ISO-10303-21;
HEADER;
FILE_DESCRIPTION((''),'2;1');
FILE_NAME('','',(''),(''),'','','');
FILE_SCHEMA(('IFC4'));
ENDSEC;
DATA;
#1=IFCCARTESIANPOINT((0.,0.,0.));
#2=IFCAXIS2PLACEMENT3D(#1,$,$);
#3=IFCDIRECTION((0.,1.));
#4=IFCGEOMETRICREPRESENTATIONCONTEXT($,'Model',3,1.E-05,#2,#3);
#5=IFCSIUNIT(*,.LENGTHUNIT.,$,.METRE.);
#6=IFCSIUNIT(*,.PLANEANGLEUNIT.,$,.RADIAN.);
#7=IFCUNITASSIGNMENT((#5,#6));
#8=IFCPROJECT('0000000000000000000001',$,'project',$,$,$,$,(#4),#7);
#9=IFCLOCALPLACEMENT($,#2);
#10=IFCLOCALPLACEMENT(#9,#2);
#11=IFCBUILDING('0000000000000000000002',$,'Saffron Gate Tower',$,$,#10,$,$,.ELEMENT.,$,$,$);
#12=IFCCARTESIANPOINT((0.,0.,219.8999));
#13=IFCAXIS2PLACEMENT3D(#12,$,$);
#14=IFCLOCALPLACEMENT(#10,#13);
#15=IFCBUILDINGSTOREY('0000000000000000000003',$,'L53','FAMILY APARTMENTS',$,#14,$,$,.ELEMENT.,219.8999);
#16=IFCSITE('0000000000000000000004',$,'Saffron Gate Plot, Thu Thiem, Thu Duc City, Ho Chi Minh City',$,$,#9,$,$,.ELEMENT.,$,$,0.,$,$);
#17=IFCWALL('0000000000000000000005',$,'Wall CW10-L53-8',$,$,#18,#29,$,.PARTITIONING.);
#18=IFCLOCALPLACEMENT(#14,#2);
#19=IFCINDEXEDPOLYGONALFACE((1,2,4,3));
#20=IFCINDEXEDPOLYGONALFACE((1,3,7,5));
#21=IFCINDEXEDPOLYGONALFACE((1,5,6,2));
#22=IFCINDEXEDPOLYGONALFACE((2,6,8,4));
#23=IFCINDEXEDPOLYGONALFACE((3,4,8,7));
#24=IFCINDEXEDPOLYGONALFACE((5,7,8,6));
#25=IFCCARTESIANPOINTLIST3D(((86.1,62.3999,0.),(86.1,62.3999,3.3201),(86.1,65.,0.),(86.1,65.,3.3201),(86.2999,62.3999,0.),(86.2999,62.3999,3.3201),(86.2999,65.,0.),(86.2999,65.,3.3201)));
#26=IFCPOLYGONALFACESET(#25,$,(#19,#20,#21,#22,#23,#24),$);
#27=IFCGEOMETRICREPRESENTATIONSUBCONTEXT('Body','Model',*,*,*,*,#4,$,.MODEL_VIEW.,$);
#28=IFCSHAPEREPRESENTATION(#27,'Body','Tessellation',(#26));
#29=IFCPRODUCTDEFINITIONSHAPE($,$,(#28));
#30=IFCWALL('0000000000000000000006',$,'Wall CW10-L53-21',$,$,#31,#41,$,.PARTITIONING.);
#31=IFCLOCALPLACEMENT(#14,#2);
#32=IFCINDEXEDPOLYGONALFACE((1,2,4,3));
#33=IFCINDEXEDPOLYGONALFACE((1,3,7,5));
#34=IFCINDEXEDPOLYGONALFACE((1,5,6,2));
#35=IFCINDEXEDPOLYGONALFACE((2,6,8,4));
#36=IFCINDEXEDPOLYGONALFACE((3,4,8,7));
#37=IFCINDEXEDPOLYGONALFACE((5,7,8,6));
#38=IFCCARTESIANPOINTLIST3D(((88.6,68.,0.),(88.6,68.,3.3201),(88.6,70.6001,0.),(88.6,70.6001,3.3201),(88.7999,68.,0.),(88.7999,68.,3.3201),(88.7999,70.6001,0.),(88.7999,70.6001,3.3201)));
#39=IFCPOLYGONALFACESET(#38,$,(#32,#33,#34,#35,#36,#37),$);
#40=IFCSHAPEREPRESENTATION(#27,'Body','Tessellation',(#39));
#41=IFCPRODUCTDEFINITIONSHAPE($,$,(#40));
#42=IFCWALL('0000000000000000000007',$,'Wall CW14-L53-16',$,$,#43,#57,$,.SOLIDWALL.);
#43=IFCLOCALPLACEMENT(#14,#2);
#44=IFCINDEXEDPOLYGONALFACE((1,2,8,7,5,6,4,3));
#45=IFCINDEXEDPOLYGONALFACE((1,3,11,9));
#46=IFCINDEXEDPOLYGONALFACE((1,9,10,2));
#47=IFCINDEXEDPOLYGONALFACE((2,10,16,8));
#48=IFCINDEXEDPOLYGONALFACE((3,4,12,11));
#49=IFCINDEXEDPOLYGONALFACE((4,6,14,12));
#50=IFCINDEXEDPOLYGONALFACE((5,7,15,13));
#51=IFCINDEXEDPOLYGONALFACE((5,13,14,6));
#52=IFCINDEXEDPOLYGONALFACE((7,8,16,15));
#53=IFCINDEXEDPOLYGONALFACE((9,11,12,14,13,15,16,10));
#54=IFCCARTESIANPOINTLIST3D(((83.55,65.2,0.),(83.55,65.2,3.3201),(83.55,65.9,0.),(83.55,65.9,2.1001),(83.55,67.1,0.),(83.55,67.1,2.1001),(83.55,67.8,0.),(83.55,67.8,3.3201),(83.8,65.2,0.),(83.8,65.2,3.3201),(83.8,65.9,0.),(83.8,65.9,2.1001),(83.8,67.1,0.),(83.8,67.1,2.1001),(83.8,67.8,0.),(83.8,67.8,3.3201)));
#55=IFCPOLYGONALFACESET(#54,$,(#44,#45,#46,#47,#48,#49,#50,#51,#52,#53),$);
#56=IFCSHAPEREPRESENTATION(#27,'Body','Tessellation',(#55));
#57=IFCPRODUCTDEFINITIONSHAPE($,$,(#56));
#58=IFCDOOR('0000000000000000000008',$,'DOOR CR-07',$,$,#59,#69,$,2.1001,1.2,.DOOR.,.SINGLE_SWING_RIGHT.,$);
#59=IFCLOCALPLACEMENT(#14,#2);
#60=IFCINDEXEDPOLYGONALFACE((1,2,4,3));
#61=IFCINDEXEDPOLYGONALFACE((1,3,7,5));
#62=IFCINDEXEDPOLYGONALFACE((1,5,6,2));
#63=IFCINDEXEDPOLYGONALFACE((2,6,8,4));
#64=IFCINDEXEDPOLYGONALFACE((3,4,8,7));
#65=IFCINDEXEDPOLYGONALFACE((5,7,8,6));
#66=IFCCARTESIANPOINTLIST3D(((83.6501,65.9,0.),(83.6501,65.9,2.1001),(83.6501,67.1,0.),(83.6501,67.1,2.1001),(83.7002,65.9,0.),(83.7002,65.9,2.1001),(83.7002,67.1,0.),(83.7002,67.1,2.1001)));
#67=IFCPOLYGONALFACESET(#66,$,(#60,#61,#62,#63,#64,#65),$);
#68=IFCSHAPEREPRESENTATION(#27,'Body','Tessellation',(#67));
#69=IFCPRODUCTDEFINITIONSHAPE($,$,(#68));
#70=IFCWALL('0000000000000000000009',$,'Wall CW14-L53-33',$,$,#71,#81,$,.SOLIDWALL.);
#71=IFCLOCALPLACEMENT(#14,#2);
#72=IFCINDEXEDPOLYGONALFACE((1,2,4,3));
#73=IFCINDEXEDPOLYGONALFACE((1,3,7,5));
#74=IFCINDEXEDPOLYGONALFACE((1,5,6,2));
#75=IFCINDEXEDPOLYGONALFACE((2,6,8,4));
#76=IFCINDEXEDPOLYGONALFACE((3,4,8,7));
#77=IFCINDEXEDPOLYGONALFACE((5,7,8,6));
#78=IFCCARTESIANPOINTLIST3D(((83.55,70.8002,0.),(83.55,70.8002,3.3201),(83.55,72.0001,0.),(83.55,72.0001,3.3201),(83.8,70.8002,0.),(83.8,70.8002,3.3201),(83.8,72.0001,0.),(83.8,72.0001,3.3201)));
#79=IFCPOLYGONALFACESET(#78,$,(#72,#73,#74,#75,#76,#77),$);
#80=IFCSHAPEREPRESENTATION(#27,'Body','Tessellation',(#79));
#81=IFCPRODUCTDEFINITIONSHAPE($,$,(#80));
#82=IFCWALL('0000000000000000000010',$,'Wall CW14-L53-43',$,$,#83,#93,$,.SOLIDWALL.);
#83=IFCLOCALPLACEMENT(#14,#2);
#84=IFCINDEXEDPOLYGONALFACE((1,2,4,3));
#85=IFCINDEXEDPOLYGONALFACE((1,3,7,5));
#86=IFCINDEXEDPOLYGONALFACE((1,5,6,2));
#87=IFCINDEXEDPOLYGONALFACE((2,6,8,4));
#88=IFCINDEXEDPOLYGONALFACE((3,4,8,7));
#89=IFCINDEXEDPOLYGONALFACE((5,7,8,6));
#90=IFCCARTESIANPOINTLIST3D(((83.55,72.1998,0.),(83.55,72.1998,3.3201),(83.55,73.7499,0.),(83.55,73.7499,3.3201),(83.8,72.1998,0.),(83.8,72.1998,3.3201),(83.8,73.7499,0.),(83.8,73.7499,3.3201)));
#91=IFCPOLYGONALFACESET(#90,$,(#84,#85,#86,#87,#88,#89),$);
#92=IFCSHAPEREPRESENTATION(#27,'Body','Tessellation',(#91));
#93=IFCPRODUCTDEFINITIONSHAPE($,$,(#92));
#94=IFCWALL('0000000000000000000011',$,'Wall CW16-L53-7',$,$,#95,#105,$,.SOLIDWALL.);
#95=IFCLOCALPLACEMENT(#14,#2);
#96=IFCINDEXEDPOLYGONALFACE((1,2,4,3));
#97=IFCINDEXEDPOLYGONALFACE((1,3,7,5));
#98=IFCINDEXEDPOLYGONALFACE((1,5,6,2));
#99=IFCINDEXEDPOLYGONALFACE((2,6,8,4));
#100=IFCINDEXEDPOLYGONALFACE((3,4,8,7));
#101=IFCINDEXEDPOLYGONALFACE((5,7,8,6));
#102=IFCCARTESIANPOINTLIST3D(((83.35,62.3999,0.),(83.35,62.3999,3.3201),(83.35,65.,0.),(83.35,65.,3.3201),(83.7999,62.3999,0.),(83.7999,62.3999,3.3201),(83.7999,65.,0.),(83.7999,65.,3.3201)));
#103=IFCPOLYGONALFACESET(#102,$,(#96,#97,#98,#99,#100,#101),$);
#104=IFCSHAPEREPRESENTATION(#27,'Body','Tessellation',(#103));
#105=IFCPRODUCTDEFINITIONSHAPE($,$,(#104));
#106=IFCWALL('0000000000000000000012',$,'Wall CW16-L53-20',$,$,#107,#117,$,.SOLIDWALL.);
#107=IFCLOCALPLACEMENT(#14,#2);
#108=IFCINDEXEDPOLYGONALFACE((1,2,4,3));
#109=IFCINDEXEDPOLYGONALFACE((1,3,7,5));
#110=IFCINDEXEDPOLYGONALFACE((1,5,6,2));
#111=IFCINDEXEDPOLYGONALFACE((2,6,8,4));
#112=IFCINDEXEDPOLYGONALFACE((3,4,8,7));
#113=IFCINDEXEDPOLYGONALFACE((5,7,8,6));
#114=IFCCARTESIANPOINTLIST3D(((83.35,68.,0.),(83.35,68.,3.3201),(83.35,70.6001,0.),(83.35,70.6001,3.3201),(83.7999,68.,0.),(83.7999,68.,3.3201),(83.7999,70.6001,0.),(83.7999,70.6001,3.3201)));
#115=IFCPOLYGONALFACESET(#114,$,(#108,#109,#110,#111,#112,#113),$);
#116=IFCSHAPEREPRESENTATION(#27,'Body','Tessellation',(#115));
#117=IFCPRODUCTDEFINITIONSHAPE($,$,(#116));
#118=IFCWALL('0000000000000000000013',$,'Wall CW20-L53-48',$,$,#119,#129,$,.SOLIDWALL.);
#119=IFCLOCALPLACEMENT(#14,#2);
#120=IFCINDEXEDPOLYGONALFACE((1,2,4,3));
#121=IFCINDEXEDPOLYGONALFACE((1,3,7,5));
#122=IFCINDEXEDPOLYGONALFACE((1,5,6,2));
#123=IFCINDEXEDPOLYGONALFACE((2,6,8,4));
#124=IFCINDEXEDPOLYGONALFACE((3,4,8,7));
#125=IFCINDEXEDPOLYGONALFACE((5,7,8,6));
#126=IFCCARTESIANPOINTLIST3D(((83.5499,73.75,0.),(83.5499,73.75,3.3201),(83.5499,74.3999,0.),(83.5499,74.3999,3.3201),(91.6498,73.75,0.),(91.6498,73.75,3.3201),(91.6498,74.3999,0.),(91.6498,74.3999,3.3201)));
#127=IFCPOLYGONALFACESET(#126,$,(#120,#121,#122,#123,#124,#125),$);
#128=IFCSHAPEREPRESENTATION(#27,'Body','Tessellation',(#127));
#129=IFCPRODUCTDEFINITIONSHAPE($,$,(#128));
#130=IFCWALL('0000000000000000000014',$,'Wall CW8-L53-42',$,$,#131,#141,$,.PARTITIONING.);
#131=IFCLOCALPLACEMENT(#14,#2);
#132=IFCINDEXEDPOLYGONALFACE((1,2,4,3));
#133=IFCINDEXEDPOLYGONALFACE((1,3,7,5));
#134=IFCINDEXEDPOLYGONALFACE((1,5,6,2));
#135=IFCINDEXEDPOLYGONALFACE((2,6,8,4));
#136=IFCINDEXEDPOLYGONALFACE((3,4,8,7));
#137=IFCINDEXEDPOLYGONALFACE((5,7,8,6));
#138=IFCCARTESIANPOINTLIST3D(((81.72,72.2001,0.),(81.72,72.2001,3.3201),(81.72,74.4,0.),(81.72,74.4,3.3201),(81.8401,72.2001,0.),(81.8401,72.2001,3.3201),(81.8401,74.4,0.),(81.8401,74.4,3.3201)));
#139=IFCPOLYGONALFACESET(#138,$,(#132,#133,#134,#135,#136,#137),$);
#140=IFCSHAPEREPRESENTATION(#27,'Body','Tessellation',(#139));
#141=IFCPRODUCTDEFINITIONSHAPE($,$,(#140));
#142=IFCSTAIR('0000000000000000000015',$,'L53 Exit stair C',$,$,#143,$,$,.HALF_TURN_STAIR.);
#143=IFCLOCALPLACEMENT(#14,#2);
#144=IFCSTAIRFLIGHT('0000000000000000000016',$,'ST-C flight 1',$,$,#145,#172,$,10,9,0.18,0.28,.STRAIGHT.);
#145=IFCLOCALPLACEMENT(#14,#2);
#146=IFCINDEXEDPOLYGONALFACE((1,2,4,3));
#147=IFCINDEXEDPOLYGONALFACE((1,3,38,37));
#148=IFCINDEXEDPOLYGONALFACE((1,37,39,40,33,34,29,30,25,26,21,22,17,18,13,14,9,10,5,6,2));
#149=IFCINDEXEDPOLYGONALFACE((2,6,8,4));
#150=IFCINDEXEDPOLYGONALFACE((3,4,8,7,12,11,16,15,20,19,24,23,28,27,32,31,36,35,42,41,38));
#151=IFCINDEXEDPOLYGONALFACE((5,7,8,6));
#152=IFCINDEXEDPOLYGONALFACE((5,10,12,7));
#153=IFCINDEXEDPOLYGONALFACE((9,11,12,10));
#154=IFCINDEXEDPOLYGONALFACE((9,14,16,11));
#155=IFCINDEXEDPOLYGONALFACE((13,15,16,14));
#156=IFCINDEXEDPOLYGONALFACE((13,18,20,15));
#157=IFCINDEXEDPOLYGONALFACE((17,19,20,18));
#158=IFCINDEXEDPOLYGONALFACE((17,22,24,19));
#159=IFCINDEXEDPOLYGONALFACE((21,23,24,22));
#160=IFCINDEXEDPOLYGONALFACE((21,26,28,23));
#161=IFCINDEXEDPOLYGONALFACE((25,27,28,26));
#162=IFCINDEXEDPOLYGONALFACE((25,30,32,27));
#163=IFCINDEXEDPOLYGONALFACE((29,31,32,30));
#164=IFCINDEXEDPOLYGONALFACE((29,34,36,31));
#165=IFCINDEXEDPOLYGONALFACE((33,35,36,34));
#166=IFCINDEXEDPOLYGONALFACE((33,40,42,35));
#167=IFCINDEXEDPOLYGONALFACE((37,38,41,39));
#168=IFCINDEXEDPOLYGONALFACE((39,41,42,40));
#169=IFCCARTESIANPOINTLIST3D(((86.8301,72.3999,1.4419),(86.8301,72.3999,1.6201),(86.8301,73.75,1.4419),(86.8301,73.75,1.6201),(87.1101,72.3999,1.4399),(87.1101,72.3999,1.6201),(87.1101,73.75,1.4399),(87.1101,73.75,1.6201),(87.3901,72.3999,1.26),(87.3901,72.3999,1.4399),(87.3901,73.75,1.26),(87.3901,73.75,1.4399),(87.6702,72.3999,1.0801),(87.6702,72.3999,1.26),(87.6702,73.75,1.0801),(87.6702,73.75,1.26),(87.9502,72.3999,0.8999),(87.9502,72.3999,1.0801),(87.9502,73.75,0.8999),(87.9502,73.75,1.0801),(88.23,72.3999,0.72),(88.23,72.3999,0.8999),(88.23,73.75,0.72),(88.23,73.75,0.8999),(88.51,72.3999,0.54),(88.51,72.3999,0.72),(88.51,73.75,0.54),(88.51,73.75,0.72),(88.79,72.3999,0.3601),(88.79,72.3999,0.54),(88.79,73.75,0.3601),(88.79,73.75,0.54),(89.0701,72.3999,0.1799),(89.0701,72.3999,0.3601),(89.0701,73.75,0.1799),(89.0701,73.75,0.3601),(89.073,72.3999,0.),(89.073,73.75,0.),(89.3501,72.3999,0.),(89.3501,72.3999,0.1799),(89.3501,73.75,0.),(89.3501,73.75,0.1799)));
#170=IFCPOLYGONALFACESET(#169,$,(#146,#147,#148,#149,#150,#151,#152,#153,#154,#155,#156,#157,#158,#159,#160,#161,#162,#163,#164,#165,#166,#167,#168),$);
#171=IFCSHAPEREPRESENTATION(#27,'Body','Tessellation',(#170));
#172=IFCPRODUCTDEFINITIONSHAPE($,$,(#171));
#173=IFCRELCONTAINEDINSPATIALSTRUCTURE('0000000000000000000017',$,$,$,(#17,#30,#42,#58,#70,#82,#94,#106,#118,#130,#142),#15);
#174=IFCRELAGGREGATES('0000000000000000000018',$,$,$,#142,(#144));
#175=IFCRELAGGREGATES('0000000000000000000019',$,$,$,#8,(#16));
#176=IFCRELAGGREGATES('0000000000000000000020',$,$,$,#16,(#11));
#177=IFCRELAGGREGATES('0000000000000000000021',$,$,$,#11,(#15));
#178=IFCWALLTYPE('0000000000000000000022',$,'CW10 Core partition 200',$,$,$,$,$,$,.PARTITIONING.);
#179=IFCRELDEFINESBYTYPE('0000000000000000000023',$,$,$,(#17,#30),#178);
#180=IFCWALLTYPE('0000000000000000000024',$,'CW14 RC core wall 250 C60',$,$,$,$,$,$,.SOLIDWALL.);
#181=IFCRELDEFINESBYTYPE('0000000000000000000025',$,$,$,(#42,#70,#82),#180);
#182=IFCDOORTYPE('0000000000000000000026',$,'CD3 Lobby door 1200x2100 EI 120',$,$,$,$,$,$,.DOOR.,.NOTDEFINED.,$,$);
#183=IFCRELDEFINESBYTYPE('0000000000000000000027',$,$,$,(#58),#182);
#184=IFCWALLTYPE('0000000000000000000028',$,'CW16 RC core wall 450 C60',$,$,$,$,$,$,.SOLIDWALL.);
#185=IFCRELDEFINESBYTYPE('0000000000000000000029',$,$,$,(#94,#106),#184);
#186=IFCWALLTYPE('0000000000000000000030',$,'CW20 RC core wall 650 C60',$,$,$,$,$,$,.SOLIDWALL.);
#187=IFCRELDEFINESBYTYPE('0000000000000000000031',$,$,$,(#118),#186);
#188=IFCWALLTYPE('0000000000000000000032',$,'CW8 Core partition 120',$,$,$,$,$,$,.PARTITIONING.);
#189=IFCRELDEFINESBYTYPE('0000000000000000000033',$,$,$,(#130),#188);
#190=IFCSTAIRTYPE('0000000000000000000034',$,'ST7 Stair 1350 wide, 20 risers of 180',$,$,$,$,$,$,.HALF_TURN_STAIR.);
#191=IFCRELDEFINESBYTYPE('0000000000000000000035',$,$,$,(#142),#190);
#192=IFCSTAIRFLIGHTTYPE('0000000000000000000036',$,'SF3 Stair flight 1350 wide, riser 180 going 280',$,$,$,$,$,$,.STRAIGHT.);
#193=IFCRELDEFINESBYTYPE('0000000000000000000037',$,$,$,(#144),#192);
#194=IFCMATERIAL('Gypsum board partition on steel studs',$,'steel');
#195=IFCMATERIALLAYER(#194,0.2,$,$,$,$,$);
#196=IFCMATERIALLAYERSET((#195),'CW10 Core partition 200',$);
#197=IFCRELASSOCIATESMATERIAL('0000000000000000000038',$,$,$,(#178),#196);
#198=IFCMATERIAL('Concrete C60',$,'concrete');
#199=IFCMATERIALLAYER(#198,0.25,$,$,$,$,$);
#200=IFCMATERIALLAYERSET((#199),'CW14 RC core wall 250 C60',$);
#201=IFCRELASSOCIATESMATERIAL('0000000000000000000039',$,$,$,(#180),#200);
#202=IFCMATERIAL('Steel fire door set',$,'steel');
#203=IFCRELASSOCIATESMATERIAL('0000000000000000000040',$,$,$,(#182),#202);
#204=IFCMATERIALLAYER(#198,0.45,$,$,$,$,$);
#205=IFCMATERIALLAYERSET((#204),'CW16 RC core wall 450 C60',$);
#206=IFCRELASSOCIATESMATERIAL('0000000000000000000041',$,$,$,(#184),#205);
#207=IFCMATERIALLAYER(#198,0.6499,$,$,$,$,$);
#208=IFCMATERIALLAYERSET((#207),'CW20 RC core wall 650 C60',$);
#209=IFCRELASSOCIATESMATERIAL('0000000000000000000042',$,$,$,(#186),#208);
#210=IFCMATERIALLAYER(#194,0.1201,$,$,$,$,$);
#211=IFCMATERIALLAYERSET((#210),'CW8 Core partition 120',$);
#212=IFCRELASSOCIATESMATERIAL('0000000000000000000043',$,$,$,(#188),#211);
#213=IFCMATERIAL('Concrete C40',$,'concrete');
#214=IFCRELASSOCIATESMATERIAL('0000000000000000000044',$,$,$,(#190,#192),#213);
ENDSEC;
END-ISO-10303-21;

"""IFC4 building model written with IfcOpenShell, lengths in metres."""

from ifc_helpers import new_model, si_unit, direction, frame, frame_2d, origin, place, context, subcontext, project, spatial, polyline, rectangle, outline, extrude, material, layer, layer_set, type_object, element, fill, aggregate, save


model = new_model("IFC4")

# Units and contexts
model_context = context("Model", 3, precision=1e-05, world=origin(), true_north=direction((0.0, 1.0)))
body_context = subcontext(model_context, "Body", "Model", "MODEL_VIEW")
ifc_project = project(units=[si_unit("LENGTHUNIT", "METRE"), si_unit("PLANEANGLEUNIT", "RADIAN")], contexts=[model_context])

# Site, building, storey
site_placement = place(None, origin())
site = spatial("IfcSite", under=ifc_project, at=site_placement, Name="Saffron Gate Plot, Thu Thiem, Thu Duc City, Ho Chi Minh City", CompositionType="ELEMENT", RefElevation=0.0)
building_placement = place(site_placement, origin())
building = spatial("IfcBuilding", under=site, at=building_placement, Name="Saffron Gate Tower", CompositionType="ELEMENT")
storey_placement = place(building_placement, frame((0.0, 0.0, 219.8999)))
storey = spatial("IfcBuildingStorey", under=building, at=storey_placement, Name="L53", Description="FAMILY APARTMENTS", CompositionType="ELEMENT", Elevation=219.8999)

# Walls
ifc_material_1 = material(Name="Gypsum board partition on steel studs", Category="steel")
ifc_layer_1 = layer(ifc_material_1, 0.2)
ifc_layer_set_1 = layer_set([ifc_layer_1], Name="CW10 Core partition 200")
wall_type_1 = type_object("IfcWallType", Name="CW10 Core partition 200", PredefinedType="PARTITIONING", material=ifc_layer_set_1)
for number, where, z_axis, x_axis, name in (
    (1, (86.2, 62.3999, 0.0), (0.0, 0.0, 1.0), (0.0, 1.0, 0.0), "Wall CW10-L53-8"),
    (2, (88.7, 68.0, 0.0), (0.0, 0.0, 1.0), (0.0, 1.0, 0.0), "Wall CW10-L53-21"),
):
    element("IfcWall", number, at=place(storey_placement, frame(where, z_axis=z_axis, x_axis=x_axis)), inside=storey, type_object=wall_type_1, Name=name, PredefinedType="PARTITIONING", context=body_context, shape_type="SweptSolid", body=[
        extrude(rectangle(XDim=2.6001, YDim=0.2, at=frame_2d((1.3, 0.0))), origin(), (0.0, 0.0, 1.0), 3.3201),
    ])

# Wall, opening, door
ifc_material_2 = material(Name="Concrete C60", Category="concrete")
ifc_layer_2 = layer(ifc_material_2, 0.25)
ifc_layer_set_2 = layer_set([ifc_layer_2], Name="CW14 RC core wall 250 C60")
wall_type_2 = type_object("IfcWallType", Name="CW14 RC core wall 250 C60", PredefinedType="SOLIDWALL", material=ifc_layer_set_2)
wall_1_placement = place(storey_placement, frame((83.675, 65.2, 0.0), z_axis=(0.0, 0.0, 1.0), x_axis=(0.0, 1.0, 0.0)))
wall_1 = element("IfcWall", 3, at=wall_1_placement, inside=storey, type_object=wall_type_2, Name="Wall CW14-L53-16", PredefinedType="SOLIDWALL", context=body_context, shape_type="SweptSolid", body=[
    extrude(rectangle(XDim=2.6001, YDim=0.25, at=frame_2d((1.3, 0.0))), origin(), (0.0, 0.0, 1.0), 3.3201),
])
opening_placement = place(wall_1_placement, frame((0.7, 0.0, 0.0)))
opening = element("IfcOpeningElement", 4, at=opening_placement, cuts=wall_1, PredefinedType="OPENING", context=body_context, shape_type="SweptSolid", body=[
    extrude(rectangle(XDim=1.2, YDim=2.1001, at=frame_2d((0.6001, 1.05))), frame((0.0, 0.135, 0.0), z_axis=(0.0, -1.0, 0.0), x_axis=(1.0, 0.0, 0.0)), (0.0, 0.0, 1.0), 0.27),
])
ifc_material_3 = material(Name="Steel fire door set", Category="steel")
door_type = type_object("IfcDoorType", Name="CD3 Lobby door 1200x2100 EI 120", OperationType="NOTDEFINED", PredefinedType="DOOR", material=ifc_material_3)
door_placement = place(opening_placement, origin())
door = element("IfcDoor", 5, at=door_placement, inside=storey, type_object=door_type, Name="DOOR CR-07", OperationType="SINGLE_SWING_RIGHT", OverallHeight=2.1001, OverallWidth=1.2, PredefinedType="DOOR", context=body_context, shape_type="SweptSolid", body=[
    extrude(rectangle(XDim=1.2, YDim=2.1001, at=frame_2d((0.6001, 1.05))), frame((0.0, 0.0249, 0.0), z_axis=(0.0, -1.0, 0.0), x_axis=(1.0, 0.0, 0.0)), (0.0, 0.0, 1.0), 0.05),
])
fill(opening, door)

# Walls
wall_2_placement = place(storey_placement, frame((83.675, 70.8, 0.0), z_axis=(0.0, 0.0, 1.0), x_axis=(0.0, 1.0, 0.0)))
element("IfcWall", 6, at=wall_2_placement, inside=storey, type_object=wall_type_2, Name="Wall CW14-L53-33", PredefinedType="SOLIDWALL", context=body_context, shape_type="SweptSolid", body=[
    extrude(rectangle(XDim=1.2, YDim=0.25, at=frame_2d((0.6001, 0.0))), origin(), (0.0, 0.0, 1.0), 3.3201),
])
wall_3_placement = place(storey_placement, frame((83.675, 72.2, 0.0), z_axis=(0.0, 0.0, 1.0), x_axis=(0.0, 1.0, 0.0)))
element("IfcWall", 7, at=wall_3_placement, inside=storey, type_object=wall_type_2, Name="Wall CW14-L53-43", PredefinedType="SOLIDWALL", context=body_context, shape_type="SweptSolid", body=[
    extrude(rectangle(XDim=1.55, YDim=0.25, at=frame_2d((0.7749, 0.0))), origin(), (0.0, 0.0, 1.0), 3.3201),
])
ifc_layer_3 = layer(ifc_material_2, 0.45)
ifc_layer_set_3 = layer_set([ifc_layer_3], Name="CW16 RC core wall 450 C60")
wall_type_3 = type_object("IfcWallType", Name="CW16 RC core wall 450 C60", PredefinedType="SOLIDWALL", material=ifc_layer_set_3)
for number, where, z_axis, x_axis, name in (
    (8, (83.575, 62.3999, 0.0), (0.0, 0.0, 1.0), (0.0, 1.0, 0.0), "Wall CW16-L53-7"),
    (9, (83.575, 68.0, 0.0), (0.0, 0.0, 1.0), (0.0, 1.0, 0.0), "Wall CW16-L53-20"),
):
    element("IfcWall", number, at=place(storey_placement, frame(where, z_axis=z_axis, x_axis=x_axis)), inside=storey, type_object=wall_type_3, Name=name, PredefinedType="SOLIDWALL", context=body_context, shape_type="SweptSolid", body=[
        extrude(rectangle(XDim=2.6001, YDim=0.45, at=frame_2d((1.3, 0.0))), origin(), (0.0, 0.0, 1.0), 3.3201),
    ])
ifc_layer_4 = layer(ifc_material_2, 0.6499)
ifc_layer_set_4 = layer_set([ifc_layer_4], Name="CW20 RC core wall 650 C60")
wall_type_4 = type_object("IfcWallType", Name="CW20 RC core wall 650 C60", PredefinedType="SOLIDWALL", material=ifc_layer_set_4)
wall_4_placement = place(storey_placement, frame((83.55, 74.075, 0.0), z_axis=(0.0, 0.0, 1.0), x_axis=(1.0, 0.0, 0.0)))
element("IfcWall", 10, at=wall_4_placement, inside=storey, type_object=wall_type_4, Name="Wall CW20-L53-48", PredefinedType="SOLIDWALL", context=body_context, shape_type="SweptSolid", body=[
    extrude(rectangle(XDim=8.0999, YDim=0.6499, at=frame_2d((4.0498, 0.0))), origin(), (0.0, 0.0, 1.0), 3.3201),
])
ifc_layer_5 = layer(ifc_material_1, 0.1201)
ifc_layer_set_5 = layer_set([ifc_layer_5], Name="CW8 Core partition 120")
wall_type_5 = type_object("IfcWallType", Name="CW8 Core partition 120", PredefinedType="PARTITIONING", material=ifc_layer_set_5)
wall_5_placement = place(storey_placement, frame((81.78, 72.2, 0.0), z_axis=(0.0, 0.0, 1.0), x_axis=(0.0, 1.0, 0.0)))
element("IfcWall", 11, at=wall_5_placement, inside=storey, type_object=wall_type_5, Name="Wall CW8-L53-42", PredefinedType="PARTITIONING", context=body_context, shape_type="SweptSolid", body=[
    extrude(rectangle(XDim=2.2, YDim=0.1201, at=frame_2d((1.1001, 0.0))), origin(), (0.0, 0.0, 1.0), 3.3201),
])

# Stair, stair flight
ifc_material_4 = material(Name="Concrete C40", Category="concrete")
stair_type = type_object("IfcStairType", Name="ST7 Stair 1350 wide, 20 risers of 180", PredefinedType="HALF_TURN_STAIR", material=ifc_material_4)
stair_placement = place(storey_placement, origin())
stair = element("IfcStair", 12, at=stair_placement, inside=storey, type_object=stair_type, Name="L53 Exit stair C", PredefinedType="HALF_TURN_STAIR")
stair_flight_type = type_object("IfcStairFlightType", Name="SF3 Stair flight 1350 wide, riser 180 going 280", PredefinedType="STRAIGHT", material=ifc_material_4)
stair_flight_1_placement = place(storey_placement, frame((89.3501, 73.075, 0.0), z_axis=(0.0, 0.0, 1.0), x_axis=(-1.0, 0.0, 0.0)))
stair_flight_1 = element("IfcStairFlight", 13, at=stair_flight_1_placement, type_object=stair_flight_type, Name="ST-C flight 1", NumberOfRisers=10, NumberOfTreads=9, PredefinedType="STRAIGHT", RiserHeight=0.18, TreadLength=0.28, context=body_context, shape_type="SweptSolid", body=[
    extrude(outline(polyline([(0.0, 0.0), (0.0, 0.1799), (0.28, 0.1799), (0.28, 0.3601), (0.5601, 0.3601), (0.5601, 0.54), (0.8401, 0.54), (0.8401, 0.72), (1.1201, 0.72), (1.1201, 0.8999), (1.3999, 0.8999), (1.3999, 1.0801), (1.6799, 1.0801), (1.6799, 1.26), (1.96, 1.26), (1.96, 1.4399), (2.24, 1.4399), (2.24, 1.6201), (2.52, 1.6201), (2.52, 1.8), (2.52, 1.4419), (0.2771, 0.0), (0.0, 0.0)])), frame((0.0, 0.675, 0.0), z_axis=(0.0, -1.0, 0.0), x_axis=(1.0, 0.0, 0.0)), (0.0, 0.0, 1.0), 1.3501),
])
aggregate(stair, [stair_flight_1])

save(model, "model.ifc")
